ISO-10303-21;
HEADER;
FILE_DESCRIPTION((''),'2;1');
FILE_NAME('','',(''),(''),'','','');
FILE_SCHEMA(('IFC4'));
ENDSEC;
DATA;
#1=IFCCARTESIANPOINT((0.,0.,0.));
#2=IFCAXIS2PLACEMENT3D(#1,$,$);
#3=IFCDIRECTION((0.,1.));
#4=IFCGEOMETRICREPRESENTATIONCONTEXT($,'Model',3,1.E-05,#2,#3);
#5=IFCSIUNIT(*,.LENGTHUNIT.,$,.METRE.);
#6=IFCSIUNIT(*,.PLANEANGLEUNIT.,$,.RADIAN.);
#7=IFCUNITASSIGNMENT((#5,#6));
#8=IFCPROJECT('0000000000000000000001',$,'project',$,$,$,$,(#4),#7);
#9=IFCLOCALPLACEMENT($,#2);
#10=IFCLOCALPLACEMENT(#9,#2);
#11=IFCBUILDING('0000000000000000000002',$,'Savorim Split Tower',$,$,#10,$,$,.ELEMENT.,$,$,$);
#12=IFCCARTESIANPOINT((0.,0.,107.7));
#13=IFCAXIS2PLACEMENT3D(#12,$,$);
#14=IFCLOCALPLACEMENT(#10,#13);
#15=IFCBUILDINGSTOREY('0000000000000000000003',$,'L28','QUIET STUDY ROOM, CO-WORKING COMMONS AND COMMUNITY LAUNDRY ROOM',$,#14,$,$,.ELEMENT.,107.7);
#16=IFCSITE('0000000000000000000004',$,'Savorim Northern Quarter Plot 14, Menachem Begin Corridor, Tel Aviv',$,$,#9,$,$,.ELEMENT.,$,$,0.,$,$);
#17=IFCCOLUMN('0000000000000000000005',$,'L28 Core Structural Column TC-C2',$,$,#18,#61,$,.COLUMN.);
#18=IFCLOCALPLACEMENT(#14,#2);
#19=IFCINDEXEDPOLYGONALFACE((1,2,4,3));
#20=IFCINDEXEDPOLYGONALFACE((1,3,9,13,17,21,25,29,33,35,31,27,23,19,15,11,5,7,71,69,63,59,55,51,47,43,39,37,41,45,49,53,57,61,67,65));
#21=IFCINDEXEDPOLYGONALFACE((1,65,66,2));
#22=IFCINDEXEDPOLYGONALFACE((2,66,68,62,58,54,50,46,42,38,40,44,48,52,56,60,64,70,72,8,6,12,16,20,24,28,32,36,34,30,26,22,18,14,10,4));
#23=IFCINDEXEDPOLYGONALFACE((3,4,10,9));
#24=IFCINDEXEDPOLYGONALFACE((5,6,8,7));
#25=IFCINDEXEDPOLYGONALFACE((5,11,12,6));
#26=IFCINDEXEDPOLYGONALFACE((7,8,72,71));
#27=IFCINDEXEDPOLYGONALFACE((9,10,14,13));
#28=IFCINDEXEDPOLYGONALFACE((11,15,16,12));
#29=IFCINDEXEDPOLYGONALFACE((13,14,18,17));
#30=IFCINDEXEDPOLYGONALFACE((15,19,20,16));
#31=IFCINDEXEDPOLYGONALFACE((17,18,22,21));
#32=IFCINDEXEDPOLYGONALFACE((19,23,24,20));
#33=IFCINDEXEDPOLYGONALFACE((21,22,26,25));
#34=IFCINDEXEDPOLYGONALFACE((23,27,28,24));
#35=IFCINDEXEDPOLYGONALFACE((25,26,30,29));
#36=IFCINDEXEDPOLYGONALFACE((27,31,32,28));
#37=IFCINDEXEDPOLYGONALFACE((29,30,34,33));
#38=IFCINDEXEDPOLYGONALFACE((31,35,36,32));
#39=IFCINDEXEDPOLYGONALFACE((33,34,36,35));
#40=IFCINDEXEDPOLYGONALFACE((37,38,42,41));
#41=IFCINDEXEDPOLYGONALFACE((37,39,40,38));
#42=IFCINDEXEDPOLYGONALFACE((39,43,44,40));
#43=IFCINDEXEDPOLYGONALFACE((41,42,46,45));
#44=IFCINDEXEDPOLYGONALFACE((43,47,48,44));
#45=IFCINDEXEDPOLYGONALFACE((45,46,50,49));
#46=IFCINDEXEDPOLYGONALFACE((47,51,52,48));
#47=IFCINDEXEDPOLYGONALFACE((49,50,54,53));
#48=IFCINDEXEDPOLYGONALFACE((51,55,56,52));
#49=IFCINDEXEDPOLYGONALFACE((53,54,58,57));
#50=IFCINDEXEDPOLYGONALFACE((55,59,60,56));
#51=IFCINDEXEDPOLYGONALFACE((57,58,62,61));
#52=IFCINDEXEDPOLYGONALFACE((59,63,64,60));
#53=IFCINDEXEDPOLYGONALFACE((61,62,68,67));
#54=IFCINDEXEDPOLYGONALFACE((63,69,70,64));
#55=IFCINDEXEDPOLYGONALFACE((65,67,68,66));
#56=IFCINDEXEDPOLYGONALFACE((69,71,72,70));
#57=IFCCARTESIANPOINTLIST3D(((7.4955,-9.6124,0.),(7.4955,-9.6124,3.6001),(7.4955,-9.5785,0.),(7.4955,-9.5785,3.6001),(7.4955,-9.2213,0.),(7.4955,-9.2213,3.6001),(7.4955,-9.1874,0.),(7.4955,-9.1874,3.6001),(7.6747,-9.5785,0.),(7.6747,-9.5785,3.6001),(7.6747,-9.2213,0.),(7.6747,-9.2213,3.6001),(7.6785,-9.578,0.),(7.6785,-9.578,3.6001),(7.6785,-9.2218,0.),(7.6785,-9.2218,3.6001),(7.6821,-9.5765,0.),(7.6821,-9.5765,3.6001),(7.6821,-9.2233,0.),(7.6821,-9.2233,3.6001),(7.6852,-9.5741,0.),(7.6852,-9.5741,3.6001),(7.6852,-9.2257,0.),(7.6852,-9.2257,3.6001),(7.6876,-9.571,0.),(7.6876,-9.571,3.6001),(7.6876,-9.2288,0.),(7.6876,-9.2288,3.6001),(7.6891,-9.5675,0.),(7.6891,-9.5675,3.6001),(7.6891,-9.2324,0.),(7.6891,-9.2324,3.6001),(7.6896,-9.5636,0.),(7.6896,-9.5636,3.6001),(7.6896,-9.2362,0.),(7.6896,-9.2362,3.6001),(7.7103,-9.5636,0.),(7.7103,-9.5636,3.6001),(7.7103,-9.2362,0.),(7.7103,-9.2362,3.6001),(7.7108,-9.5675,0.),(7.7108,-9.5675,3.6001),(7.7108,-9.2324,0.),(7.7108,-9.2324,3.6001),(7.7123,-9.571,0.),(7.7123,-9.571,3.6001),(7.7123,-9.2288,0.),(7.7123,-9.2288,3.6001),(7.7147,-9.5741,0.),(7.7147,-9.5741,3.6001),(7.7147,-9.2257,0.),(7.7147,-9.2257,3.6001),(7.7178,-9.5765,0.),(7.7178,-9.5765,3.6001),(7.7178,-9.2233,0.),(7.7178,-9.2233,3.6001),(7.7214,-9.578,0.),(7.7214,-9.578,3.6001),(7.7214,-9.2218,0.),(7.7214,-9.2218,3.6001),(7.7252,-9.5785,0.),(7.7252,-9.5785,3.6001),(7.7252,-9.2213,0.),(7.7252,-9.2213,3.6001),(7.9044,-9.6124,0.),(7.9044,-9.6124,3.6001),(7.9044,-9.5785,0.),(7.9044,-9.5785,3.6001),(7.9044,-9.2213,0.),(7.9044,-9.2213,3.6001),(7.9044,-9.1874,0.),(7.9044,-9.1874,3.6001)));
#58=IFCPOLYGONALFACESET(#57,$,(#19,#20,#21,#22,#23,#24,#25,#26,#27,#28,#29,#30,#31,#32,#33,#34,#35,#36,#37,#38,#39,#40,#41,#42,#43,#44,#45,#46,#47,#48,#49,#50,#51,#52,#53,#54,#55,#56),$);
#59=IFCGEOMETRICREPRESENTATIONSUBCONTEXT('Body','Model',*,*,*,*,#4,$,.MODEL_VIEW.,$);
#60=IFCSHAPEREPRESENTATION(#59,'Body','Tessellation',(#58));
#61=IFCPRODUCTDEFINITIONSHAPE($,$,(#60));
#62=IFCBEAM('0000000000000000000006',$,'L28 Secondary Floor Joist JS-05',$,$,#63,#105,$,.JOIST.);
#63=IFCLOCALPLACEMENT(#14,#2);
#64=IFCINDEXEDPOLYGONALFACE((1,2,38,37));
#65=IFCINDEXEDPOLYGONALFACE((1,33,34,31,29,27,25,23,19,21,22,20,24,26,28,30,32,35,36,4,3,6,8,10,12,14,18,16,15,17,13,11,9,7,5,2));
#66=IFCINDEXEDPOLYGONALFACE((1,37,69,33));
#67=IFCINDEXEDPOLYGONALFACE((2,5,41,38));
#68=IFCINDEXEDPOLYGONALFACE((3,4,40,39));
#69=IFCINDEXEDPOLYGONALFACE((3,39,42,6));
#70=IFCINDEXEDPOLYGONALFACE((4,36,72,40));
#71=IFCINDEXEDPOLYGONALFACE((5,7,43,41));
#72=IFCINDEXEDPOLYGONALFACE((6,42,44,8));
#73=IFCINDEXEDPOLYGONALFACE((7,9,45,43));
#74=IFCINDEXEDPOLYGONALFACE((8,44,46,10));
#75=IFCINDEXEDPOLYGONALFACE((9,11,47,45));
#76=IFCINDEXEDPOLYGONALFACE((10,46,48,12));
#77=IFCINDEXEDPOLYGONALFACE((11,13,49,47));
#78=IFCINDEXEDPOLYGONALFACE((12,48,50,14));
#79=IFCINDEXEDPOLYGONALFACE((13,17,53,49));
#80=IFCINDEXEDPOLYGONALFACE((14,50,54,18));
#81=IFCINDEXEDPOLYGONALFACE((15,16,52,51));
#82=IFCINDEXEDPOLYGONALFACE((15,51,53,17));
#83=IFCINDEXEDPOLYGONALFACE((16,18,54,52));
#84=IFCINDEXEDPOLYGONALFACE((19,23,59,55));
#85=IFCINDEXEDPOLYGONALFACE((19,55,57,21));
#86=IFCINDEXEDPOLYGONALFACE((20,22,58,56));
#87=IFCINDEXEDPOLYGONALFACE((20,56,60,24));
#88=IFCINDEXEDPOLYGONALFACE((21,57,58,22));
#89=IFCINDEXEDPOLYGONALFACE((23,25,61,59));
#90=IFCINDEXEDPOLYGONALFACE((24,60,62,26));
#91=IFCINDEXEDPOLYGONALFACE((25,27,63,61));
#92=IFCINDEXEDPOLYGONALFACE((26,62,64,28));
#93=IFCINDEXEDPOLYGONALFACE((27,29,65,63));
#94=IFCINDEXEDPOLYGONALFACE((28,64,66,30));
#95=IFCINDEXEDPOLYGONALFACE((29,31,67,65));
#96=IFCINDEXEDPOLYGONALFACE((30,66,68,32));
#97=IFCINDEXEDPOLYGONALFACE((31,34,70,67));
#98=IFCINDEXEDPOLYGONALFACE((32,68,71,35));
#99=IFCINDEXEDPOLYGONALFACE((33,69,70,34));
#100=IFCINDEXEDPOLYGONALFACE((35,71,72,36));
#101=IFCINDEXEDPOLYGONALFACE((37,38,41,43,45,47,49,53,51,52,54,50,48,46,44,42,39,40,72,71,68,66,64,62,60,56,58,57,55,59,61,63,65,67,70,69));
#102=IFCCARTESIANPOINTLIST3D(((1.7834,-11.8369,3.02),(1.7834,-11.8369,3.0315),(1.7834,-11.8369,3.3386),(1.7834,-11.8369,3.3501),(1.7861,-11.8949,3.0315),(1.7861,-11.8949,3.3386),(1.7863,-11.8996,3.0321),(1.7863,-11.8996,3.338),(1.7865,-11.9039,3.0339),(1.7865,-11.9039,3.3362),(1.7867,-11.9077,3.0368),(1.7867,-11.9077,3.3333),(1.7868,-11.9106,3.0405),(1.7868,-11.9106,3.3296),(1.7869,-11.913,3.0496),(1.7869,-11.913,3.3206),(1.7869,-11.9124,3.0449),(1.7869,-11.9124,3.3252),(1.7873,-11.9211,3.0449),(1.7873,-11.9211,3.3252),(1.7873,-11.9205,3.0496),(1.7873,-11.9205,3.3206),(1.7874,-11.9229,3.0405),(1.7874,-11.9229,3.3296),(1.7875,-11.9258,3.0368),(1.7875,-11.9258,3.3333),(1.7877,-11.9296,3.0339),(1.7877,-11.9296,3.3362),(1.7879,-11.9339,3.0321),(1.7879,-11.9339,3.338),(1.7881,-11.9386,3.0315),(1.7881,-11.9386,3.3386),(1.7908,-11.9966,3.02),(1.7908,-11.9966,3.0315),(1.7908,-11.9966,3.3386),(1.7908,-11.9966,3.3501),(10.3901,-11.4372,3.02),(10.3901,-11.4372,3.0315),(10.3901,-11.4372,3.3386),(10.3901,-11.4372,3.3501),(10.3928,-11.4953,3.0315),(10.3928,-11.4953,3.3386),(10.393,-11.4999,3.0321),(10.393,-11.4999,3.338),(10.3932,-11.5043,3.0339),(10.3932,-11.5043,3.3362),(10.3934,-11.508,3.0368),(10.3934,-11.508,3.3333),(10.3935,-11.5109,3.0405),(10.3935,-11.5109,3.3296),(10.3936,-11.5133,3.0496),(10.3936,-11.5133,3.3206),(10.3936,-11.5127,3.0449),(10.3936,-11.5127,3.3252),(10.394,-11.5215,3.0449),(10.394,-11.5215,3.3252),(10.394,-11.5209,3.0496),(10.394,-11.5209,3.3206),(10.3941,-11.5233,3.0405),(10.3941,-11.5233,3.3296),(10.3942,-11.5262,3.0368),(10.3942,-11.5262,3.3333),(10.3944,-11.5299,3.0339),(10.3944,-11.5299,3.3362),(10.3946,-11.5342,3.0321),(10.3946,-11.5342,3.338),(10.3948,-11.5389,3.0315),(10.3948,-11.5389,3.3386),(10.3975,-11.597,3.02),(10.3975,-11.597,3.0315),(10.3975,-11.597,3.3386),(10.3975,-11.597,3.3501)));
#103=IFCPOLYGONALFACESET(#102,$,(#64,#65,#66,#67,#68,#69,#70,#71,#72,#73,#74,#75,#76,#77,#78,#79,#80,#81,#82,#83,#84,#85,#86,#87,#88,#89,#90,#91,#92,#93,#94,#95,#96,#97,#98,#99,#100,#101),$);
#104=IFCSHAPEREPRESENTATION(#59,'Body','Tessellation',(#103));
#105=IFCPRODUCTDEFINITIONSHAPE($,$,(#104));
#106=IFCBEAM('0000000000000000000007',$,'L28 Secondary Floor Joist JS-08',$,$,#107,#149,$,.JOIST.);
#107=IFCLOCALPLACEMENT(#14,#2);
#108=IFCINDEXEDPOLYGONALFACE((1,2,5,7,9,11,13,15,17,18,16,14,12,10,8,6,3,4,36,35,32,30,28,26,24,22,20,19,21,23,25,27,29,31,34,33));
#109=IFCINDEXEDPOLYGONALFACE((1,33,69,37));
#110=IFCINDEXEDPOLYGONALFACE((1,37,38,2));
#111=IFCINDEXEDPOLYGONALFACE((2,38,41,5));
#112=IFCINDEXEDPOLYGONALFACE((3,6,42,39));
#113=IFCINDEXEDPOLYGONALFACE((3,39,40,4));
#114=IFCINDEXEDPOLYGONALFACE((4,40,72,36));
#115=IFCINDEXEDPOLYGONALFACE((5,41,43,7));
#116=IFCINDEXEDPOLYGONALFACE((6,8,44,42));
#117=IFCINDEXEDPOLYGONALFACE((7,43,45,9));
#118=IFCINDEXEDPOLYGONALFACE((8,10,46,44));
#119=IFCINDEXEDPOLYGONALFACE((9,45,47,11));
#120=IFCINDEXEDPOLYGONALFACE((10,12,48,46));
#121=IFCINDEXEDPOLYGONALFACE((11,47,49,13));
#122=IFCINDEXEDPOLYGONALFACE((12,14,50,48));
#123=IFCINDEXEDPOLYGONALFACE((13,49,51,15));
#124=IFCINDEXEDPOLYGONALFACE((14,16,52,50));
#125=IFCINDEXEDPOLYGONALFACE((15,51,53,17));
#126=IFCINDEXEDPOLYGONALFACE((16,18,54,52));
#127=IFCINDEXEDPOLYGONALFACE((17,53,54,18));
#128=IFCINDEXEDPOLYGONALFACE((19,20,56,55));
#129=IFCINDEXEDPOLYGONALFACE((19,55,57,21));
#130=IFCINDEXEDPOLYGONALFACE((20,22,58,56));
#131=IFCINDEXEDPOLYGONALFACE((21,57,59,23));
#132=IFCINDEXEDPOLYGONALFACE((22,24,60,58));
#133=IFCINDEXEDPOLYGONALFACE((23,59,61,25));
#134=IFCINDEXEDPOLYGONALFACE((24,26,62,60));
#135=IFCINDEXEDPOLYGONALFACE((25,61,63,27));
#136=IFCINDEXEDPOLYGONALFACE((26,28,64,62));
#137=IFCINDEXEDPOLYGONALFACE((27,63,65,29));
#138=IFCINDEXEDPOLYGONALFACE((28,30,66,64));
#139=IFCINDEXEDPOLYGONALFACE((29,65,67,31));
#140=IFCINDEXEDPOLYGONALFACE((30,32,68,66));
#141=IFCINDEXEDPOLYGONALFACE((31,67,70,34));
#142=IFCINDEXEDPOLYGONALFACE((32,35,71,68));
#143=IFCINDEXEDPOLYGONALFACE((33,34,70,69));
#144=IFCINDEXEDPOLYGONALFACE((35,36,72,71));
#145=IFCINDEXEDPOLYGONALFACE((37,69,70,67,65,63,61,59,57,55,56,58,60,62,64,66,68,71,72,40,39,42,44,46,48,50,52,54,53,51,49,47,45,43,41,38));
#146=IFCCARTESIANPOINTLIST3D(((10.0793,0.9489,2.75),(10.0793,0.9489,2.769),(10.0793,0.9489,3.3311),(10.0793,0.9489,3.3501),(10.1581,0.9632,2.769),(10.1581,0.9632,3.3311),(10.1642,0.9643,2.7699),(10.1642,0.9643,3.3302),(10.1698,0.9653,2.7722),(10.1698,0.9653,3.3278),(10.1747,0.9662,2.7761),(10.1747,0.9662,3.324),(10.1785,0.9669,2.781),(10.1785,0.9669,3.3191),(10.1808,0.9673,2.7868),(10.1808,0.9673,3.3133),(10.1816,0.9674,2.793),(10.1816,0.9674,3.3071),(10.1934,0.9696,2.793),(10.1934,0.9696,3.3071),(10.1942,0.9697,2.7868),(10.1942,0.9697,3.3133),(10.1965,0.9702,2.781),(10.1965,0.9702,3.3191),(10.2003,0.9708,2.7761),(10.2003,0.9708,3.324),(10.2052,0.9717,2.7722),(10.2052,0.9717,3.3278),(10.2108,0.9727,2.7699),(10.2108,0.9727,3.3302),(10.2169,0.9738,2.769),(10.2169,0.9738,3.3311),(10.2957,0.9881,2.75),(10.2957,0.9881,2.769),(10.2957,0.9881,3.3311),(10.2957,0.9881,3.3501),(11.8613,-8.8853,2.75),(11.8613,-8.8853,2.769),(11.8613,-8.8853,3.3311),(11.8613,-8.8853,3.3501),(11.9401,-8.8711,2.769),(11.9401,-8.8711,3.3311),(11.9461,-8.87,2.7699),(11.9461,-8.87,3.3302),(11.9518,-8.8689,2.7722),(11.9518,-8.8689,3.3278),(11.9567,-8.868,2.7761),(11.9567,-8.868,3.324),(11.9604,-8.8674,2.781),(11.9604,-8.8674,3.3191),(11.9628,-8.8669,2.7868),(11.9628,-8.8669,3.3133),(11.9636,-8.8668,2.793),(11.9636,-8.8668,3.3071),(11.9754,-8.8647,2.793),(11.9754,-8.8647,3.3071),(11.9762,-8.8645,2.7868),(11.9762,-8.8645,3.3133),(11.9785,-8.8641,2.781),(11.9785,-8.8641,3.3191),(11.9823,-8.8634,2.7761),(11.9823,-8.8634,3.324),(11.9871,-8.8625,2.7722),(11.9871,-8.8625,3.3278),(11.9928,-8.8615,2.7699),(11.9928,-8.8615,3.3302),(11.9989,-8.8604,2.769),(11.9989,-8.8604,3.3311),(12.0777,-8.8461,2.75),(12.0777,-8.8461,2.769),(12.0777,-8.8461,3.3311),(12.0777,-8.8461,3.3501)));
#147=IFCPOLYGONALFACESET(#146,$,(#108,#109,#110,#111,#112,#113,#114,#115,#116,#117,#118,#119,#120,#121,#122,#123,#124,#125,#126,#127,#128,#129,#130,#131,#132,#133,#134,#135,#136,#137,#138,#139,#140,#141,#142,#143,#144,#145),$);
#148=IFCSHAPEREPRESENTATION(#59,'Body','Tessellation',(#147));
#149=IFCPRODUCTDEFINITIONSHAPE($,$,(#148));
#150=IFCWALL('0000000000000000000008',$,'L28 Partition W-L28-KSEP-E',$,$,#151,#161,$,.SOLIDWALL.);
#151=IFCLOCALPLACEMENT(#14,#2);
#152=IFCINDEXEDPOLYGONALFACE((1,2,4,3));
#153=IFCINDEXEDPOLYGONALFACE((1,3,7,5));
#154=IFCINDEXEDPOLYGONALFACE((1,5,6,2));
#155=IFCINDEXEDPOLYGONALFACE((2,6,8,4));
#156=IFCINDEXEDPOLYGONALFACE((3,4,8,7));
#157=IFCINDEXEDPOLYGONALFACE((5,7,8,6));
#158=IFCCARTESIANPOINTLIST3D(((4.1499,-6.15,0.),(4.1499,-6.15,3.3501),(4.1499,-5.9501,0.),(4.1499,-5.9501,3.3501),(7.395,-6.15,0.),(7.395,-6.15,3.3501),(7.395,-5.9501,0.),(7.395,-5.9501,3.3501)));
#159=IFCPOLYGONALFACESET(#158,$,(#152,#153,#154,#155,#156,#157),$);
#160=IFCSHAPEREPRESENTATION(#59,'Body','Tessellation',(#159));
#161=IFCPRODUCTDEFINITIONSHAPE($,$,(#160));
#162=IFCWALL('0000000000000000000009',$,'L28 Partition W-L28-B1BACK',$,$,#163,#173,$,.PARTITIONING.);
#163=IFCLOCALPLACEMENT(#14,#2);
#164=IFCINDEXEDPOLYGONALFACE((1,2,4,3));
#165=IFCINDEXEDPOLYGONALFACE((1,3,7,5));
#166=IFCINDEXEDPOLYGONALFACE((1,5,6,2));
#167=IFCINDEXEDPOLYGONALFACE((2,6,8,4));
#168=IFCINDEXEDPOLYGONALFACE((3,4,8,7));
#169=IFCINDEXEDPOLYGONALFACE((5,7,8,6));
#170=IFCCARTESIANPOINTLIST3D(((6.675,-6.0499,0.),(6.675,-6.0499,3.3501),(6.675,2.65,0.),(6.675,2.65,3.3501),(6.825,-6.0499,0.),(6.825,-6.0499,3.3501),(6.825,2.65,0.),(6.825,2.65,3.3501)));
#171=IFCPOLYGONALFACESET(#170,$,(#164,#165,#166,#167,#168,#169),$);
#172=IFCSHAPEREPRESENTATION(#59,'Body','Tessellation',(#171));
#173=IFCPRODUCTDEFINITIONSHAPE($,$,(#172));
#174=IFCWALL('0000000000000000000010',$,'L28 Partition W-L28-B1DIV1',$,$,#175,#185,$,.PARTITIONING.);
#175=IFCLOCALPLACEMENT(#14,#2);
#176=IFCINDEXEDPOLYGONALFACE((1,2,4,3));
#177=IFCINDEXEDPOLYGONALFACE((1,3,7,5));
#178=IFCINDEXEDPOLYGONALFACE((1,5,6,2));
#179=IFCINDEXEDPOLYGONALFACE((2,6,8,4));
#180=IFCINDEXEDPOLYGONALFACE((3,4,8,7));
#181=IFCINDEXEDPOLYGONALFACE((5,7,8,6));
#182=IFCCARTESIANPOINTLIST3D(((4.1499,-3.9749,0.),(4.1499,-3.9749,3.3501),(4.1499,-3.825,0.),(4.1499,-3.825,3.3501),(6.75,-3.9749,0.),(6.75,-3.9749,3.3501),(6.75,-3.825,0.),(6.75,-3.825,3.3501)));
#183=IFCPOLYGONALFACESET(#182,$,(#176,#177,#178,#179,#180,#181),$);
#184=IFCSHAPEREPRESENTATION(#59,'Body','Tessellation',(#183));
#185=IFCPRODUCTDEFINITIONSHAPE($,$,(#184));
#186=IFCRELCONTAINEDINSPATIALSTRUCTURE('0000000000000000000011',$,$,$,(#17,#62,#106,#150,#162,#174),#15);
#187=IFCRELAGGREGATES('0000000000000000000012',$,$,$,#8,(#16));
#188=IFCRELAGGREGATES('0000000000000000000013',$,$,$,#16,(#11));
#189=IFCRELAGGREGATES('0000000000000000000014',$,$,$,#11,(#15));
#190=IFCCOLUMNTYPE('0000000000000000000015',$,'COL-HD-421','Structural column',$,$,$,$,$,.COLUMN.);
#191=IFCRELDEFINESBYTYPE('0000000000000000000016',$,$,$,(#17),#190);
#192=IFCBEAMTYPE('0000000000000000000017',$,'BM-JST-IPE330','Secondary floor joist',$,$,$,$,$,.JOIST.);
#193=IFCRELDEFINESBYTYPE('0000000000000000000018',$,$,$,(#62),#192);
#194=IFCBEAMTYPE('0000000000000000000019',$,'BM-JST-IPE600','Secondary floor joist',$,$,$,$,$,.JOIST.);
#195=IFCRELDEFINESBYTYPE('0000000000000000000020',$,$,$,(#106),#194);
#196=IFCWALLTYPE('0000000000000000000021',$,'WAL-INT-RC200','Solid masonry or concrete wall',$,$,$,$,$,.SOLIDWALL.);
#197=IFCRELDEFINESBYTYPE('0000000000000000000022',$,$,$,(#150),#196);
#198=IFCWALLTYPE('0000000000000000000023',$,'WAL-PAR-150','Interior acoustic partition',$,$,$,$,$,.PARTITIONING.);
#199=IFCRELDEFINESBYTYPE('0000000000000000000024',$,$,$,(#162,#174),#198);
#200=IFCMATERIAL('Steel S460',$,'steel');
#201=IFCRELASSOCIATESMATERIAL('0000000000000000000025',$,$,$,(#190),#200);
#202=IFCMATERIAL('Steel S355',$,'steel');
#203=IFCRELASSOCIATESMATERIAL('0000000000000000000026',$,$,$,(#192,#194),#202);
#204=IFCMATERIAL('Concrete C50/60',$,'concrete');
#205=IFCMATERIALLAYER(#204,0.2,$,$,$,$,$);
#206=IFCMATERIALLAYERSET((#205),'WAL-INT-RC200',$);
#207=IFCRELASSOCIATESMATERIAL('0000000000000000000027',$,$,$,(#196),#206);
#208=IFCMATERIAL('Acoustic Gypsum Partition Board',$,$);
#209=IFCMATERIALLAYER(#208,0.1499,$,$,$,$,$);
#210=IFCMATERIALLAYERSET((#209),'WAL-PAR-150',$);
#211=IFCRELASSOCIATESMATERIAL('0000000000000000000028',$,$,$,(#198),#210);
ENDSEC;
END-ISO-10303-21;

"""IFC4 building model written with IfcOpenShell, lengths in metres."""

from ifc_helpers import new_model, si_unit, direction, frame, frame_2d, origin, origin_2d, place, context, subcontext, project, spatial, rectangle, i_section, extrude, material, layer, layer_set, material_profile, profile_set, type_object, element, save


model = new_model("IFC4")

# Units and contexts
model_context = context("Model", 3, precision=1e-05, world=origin(), true_north=direction((0.0, 1.0)))
body_context = subcontext(model_context, "Body", "Model", "MODEL_VIEW")
ifc_project = project(units=[si_unit("LENGTHUNIT", "METRE"), si_unit("PLANEANGLEUNIT", "RADIAN")], contexts=[model_context])

# Site, building, storey
site_placement = place(None, origin())
site = spatial("IfcSite", under=ifc_project, at=site_placement, Name="Savorim Northern Quarter Plot 14, Menachem Begin Corridor, Tel Aviv", CompositionType="ELEMENT", RefElevation=0.0)
building_placement = place(site_placement, origin())
building = spatial("IfcBuilding", under=site, at=building_placement, Name="Savorim Split Tower", CompositionType="ELEMENT")
storey_placement = place(building_placement, frame((0.0, 0.0, 107.7)))
storey = spatial("IfcBuildingStorey", under=building, at=storey_placement, Name="L28", Description="QUIET STUDY ROOM, CO-WORKING COMMONS AND COMMUNITY LAUNDRY ROOM", CompositionType="ELEMENT", Elevation=107.7)

# Column
ifc_material_1 = material(Name="Steel S460", Category="steel")
ifc_material_profile_1 = material_profile(ifc_material_1, i_section(OverallWidth=0.4089, OverallDepth=0.425, WebThickness=0.0208, FlangeThickness=0.0339, FilletRadius=0.0149, at=origin_2d()), Name="HD 400x421")
ifc_profile_set_1 = profile_set([ifc_material_profile_1], Name="Steel S460")
column_type = type_object("IfcColumnType", Name="COL-HD-421", Description="Structural column", PredefinedType="COLUMN", material=ifc_profile_set_1)
column_placement = place(storey_placement, frame((7.7, -9.3999, 0.0), z_axis=(0.0, 0.0, 1.0), x_axis=(1.0, 0.0, 0.0)))
element("IfcColumn", 1, at=column_placement, inside=storey, type_object=column_type, Name="L28 Core Structural Column TC-C2", PredefinedType="COLUMN", context=body_context, shape_type="SweptSolid", body=[
    extrude(i_section(OverallWidth=0.4089, OverallDepth=0.425, WebThickness=0.0208, FlangeThickness=0.0339, FilletRadius=0.0149, at=origin_2d()), origin(), (0.0, 0.0, 1.0), 3.6001),
])

# Beams
ifc_material_2 = material(Name="Steel S355", Category="steel")
ifc_material_profile_2 = material_profile(ifc_material_2, i_section(OverallWidth=0.1599, OverallDepth=0.3301, WebThickness=0.0076, FlangeThickness=0.0115, FilletRadius=0.0181, at=origin_2d()), Name="IPE 330")
ifc_profile_set_2 = profile_set([ifc_material_profile_2], Name="Steel S355")
beam_type_1 = type_object("IfcBeamType", Name="BM-JST-IPE330", Description="Secondary floor joist", PredefinedType="JOIST", material=ifc_profile_set_2)
beam_1_placement = place(storey_placement, frame((1.7871, -11.9167, 3.1851), z_axis=(0.998924, 0.046386, 0.0), x_axis=(-0.046386, 0.998924, 0.0)))
element("IfcBeam", 2, at=beam_1_placement, inside=storey, type_object=beam_type_1, Name="L28 Secondary Floor Joist JS-05", PredefinedType="JOIST", context=body_context, shape_type="SweptSolid", body=[
    extrude(i_section(OverallWidth=0.1599, OverallDepth=0.3301, WebThickness=0.0076, FlangeThickness=0.0115, FilletRadius=0.0181, at=origin_2d()), origin(), (0.0, 0.0, 1.0), 8.616),
])
ifc_material_profile_3 = material_profile(ifc_material_2, i_section(OverallWidth=0.22, OverallDepth=0.6001, WebThickness=0.012, FlangeThickness=0.019, FilletRadius=0.0239, at=origin_2d()), Name="IPE 600")
ifc_profile_set_3 = profile_set([ifc_material_profile_3], Name="Steel S355")
beam_type_2 = type_object("IfcBeamType", Name="BM-JST-IPE600", Description="Secondary floor joist", PredefinedType="JOIST", material=ifc_profile_set_3)
beam_2_placement = place(storey_placement, frame((11.9695, -8.8657, 3.05), z_axis=(-0.178299, 0.983976, 0.0), x_axis=(-0.983976, -0.178299, 0.0)))
element("IfcBeam", 3, at=beam_2_placement, inside=storey, type_object=beam_type_2, Name="L28 Secondary Floor Joist JS-08", PredefinedType="JOIST", context=body_context, shape_type="SweptSolid", body=[
    extrude(i_section(OverallWidth=0.22, OverallDepth=0.6001, WebThickness=0.012, FlangeThickness=0.019, FilletRadius=0.0239, at=origin_2d()), origin(), (0.0, 0.0, 1.0), 9.9944),
])

# Shared definitions
ifc_material_3 = material(Name="Concrete C50/60", Category="concrete")
ifc_layer_1 = layer(ifc_material_3, 0.2)
ifc_layer_set_1 = layer_set([ifc_layer_1], Name="WAL-INT-RC200")
wall_type_1 = type_object("IfcWallType", Name="WAL-INT-RC200", Description="Solid masonry or concrete wall", PredefinedType="SOLIDWALL", material=ifc_layer_set_1)

# Walls
wall_1_placement = place(storey_placement, frame((4.1499, -6.05, 0.0), z_axis=(0.0, 0.0, 1.0), x_axis=(1.0, 0.0, 0.0)))
element("IfcWall", 4, at=wall_1_placement, inside=storey, type_object=wall_type_1, Name="L28 Partition W-L28-KSEP-E", PredefinedType="SOLIDWALL", context=body_context, shape_type="SweptSolid", body=[
    extrude(rectangle(XDim=3.2451, YDim=0.2, at=frame_2d((1.6226, 0.0))), origin(), (0.0, 0.0, 1.0), 3.3501),
])
ifc_material_4 = material(Name="Acoustic Gypsum Partition Board")
ifc_layer_2 = layer(ifc_material_4, 0.1499)
ifc_layer_set_2 = layer_set([ifc_layer_2], Name="WAL-PAR-150")
wall_type_2 = type_object("IfcWallType", Name="WAL-PAR-150", Description="Interior acoustic partition", PredefinedType="PARTITIONING", material=ifc_layer_set_2)
wall_2_placement = place(storey_placement, frame((6.75, -6.05, 0.0), z_axis=(0.0, 0.0, 1.0), x_axis=(0.0, 1.0, 0.0)))
element("IfcWall", 5, at=wall_2_placement, inside=storey, type_object=wall_type_2, Name="L28 Partition W-L28-B1BACK", PredefinedType="PARTITIONING", context=body_context, shape_type="SweptSolid", body=[
    extrude(rectangle(XDim=8.7, YDim=0.1499, at=frame_2d((4.3501, 0.0))), origin(), (0.0, 0.0, 1.0), 3.3501),
])
for number, where, z_axis, x_axis, name in (
    (6, (4.1499, -3.8999, 0.0), (0.0, 0.0, 1.0), (1.0, 0.0, 0.0), "L28 Partition W-L28-B1DIV1"),
):
    element("IfcWall", number, at=place(storey_placement, frame(where, z_axis=z_axis, x_axis=x_axis)), inside=storey, type_object=wall_type_2, Name=name, PredefinedType="PARTITIONING", context=body_context, shape_type="SweptSolid", body=[
        extrude(rectangle(XDim=2.6001, YDim=0.1499, at=frame_2d((1.3, 0.0))), origin(), (0.0, 0.0, 1.0), 3.3501),
    ])

save(model, "model.ifc")
